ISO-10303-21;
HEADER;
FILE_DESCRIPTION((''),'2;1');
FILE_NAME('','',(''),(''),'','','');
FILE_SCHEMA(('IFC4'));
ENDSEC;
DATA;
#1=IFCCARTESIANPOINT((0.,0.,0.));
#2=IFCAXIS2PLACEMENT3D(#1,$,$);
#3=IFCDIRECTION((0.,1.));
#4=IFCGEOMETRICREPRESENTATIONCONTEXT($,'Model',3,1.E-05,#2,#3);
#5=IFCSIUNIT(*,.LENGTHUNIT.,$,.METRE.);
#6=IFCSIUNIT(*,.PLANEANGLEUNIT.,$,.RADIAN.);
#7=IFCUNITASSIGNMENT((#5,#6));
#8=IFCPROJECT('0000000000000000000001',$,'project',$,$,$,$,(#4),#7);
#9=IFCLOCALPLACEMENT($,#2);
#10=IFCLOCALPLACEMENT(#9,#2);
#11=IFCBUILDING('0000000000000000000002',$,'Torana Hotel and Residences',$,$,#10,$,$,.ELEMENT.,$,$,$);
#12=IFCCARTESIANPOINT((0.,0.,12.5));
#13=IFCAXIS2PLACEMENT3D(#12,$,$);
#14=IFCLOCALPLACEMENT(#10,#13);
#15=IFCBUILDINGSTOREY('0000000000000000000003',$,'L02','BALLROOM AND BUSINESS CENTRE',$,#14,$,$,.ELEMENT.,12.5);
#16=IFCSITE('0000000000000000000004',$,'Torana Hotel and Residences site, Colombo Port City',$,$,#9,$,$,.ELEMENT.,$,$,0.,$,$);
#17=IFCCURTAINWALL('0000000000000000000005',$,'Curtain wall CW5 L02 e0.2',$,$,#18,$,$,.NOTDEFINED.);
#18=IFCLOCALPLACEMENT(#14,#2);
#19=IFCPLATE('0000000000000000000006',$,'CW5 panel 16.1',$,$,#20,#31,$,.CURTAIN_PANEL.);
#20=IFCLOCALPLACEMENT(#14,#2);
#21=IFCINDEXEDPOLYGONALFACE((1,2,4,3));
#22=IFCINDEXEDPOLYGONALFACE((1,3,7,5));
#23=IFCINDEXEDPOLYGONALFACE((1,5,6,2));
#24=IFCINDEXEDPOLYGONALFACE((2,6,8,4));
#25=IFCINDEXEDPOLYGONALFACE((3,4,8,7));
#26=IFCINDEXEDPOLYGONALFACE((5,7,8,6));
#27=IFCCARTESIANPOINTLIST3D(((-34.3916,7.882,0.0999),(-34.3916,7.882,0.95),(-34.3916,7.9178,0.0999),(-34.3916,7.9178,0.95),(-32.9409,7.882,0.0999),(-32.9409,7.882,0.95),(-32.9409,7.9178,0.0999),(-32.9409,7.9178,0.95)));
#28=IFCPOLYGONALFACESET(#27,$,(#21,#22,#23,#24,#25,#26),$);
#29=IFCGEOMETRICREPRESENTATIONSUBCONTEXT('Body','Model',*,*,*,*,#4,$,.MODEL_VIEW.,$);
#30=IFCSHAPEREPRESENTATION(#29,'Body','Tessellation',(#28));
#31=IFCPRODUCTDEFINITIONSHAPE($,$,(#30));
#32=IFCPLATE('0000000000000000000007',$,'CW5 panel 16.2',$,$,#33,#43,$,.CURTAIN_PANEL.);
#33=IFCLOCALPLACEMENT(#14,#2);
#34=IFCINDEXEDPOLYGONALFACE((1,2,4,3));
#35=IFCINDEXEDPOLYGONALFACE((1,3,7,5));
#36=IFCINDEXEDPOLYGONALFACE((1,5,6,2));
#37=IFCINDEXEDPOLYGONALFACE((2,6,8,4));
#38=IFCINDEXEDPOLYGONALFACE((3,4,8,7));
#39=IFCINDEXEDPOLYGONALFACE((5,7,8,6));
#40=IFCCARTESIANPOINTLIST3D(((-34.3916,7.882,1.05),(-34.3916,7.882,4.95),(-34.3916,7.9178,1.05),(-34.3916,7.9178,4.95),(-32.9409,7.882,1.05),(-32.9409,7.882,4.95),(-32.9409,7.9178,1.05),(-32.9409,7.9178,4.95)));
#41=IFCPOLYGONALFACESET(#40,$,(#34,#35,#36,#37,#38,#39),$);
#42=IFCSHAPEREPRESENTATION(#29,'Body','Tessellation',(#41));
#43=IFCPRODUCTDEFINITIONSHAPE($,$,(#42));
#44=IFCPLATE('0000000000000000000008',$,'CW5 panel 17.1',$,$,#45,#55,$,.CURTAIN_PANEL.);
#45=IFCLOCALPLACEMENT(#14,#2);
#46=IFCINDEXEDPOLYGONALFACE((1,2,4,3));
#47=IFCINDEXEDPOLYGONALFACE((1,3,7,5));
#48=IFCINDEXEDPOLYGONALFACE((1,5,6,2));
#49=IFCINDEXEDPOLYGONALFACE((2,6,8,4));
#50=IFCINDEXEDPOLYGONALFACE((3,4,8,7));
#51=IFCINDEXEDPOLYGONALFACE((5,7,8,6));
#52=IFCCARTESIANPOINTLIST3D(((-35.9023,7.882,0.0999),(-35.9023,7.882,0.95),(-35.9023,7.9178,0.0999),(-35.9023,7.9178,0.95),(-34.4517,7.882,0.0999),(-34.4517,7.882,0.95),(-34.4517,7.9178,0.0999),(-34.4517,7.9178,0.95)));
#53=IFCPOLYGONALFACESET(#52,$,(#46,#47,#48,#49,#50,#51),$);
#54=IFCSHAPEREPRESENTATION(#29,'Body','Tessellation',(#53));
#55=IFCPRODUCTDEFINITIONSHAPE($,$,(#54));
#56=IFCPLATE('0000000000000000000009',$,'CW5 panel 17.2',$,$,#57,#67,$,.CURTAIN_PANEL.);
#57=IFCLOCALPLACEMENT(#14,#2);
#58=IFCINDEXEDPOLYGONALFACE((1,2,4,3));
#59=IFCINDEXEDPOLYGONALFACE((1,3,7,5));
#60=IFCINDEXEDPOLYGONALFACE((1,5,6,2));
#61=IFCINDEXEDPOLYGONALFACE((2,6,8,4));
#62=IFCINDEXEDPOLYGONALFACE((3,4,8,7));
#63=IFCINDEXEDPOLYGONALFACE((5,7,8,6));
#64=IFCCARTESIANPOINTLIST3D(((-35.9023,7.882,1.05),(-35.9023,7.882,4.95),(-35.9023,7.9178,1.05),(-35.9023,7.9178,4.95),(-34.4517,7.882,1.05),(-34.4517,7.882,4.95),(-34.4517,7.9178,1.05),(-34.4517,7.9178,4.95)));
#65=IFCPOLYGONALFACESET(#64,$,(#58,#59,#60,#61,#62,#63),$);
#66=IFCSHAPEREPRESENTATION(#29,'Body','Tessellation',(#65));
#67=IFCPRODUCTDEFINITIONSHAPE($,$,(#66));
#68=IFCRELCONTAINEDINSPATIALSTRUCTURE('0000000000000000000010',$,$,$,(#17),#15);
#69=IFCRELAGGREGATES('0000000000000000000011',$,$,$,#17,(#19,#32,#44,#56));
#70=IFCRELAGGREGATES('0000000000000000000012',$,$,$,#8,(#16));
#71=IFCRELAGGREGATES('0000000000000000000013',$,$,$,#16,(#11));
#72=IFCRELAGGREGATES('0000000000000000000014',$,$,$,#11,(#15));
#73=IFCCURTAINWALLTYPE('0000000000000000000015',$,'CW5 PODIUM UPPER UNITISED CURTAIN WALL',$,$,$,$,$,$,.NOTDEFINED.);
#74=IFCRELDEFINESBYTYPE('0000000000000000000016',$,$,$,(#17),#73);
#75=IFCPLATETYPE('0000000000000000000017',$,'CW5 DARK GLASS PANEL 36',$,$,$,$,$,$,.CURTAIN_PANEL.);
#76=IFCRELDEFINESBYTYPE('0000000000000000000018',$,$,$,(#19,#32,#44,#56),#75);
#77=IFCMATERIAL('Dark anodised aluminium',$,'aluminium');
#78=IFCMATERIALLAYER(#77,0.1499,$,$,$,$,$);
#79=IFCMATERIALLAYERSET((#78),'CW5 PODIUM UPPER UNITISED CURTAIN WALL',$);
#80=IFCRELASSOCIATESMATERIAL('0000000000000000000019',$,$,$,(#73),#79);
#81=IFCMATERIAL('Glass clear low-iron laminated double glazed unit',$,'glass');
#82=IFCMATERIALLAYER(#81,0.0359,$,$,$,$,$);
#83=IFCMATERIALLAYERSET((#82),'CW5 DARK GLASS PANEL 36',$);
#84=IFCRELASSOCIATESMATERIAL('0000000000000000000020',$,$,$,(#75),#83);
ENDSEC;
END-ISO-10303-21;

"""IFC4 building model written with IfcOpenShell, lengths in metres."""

from ifc_helpers import new_model, si_unit, direction, frame, origin, origin_2d, place, context, subcontext, project, spatial, rectangle, extrude, material, layer, layer_set, type_object, element, aggregate, save


model = new_model("IFC4")

# Units and contexts
model_context = context("Model", 3, precision=1e-05, world=origin(), true_north=direction((0.0, 1.0)))
body_context = subcontext(model_context, "Body", "Model", "MODEL_VIEW")
ifc_project = project(units=[si_unit("LENGTHUNIT", "METRE"), si_unit("PLANEANGLEUNIT", "RADIAN")], contexts=[model_context])

# Site, building, storey
site_placement = place(None, origin())
site = spatial("IfcSite", under=ifc_project, at=site_placement, Name="Torana Hotel and Residences site, Colombo Port City", CompositionType="ELEMENT", RefElevation=0.0)
building_placement = place(site_placement, origin())
building = spatial("IfcBuilding", under=site, at=building_placement, Name="Torana Hotel and Residences", CompositionType="ELEMENT")
storey_placement = place(building_placement, frame((0.0, 0.0, 12.5)))
storey = spatial("IfcBuildingStorey", under=building, at=storey_placement, Name="L02", Description="BALLROOM AND BUSINESS CENTRE", CompositionType="ELEMENT", Elevation=12.5)

# Curtain wall, plates
ifc_material_1 = material(Name="Dark anodised aluminium", Category="aluminium")
ifc_layer_1 = layer(ifc_material_1, 0.1499)
ifc_layer_set_1 = layer_set([ifc_layer_1], Name="CW5 PODIUM UPPER UNITISED CURTAIN WALL")
curtain_wall_type = type_object("IfcCurtainWallType", Name="CW5 PODIUM UPPER UNITISED CURTAIN WALL", PredefinedType="NOTDEFINED", material=ifc_layer_set_1)
curtain_wall_placement = place(storey_placement, origin())
curtain_wall = element("IfcCurtainWall", 1, at=curtain_wall_placement, inside=storey, type_object=curtain_wall_type, Name="Curtain wall CW5 L02 e0.2", PredefinedType="NOTDEFINED")
ifc_material_2 = material(Name="Glass clear low-iron laminated double glazed unit", Category="glass")
ifc_layer_2 = layer(ifc_material_2, 0.0359)
ifc_layer_set_2 = layer_set([ifc_layer_2], Name="CW5 DARK GLASS PANEL 36")
plate_type = type_object("IfcPlateType", Name="CW5 DARK GLASS PANEL 36", PredefinedType="CURTAIN_PANEL", material=ifc_layer_set_2)
plate_1_placement = place(storey_placement, frame((-33.6663, 7.8999, 0.0999), z_axis=(0.0, 0.0, 1.0), x_axis=(-1.0, 0.0, 0.0)))
plate_1 = element("IfcPlate", 2, at=plate_1_placement, type_object=plate_type, Name="CW5 panel 16.1", PredefinedType="CURTAIN_PANEL", context=body_context, shape_type="SweptSolid", body=[
    extrude(rectangle(XDim=1.4507, YDim=0.0359, at=origin_2d()), origin(), (0.0, 0.0, 1.0), 0.8501),
])
plate_2_placement = place(storey_placement, frame((-33.6663, 7.8999, 1.05), z_axis=(0.0, 0.0, 1.0), x_axis=(-1.0, 0.0, 0.0)))
plate_2 = element("IfcPlate", 3, at=plate_2_placement, type_object=plate_type, Name="CW5 panel 16.2", PredefinedType="CURTAIN_PANEL", context=body_context, shape_type="SweptSolid", body=[
    extrude(rectangle(XDim=1.4507, YDim=0.0359, at=origin_2d()), origin(), (0.0, 0.0, 1.0), 3.8999),
])
plate_3_placement = place(storey_placement, frame((-35.177, 7.8999, 0.0999), z_axis=(0.0, 0.0, 1.0), x_axis=(-1.0, 0.0, 0.0)))
plate_3 = element("IfcPlate", 4, at=plate_3_placement, type_object=plate_type, Name="CW5 panel 17.1", PredefinedType="CURTAIN_PANEL", context=body_context, shape_type="SweptSolid", body=[
    extrude(rectangle(XDim=1.4507, YDim=0.0359, at=origin_2d()), origin(), (0.0, 0.0, 1.0), 0.8501),
])
plate_4_placement = place(storey_placement, frame((-35.177, 7.8999, 1.05), z_axis=(0.0, 0.0, 1.0), x_axis=(-1.0, 0.0, 0.0)))
plate_4 = element("IfcPlate", 5, at=plate_4_placement, type_object=plate_type, Name="CW5 panel 17.2", PredefinedType="CURTAIN_PANEL", context=body_context, shape_type="SweptSolid", body=[
    extrude(rectangle(XDim=1.4507, YDim=0.0359, at=origin_2d()), origin(), (0.0, 0.0, 1.0), 3.8999),
])
aggregate(curtain_wall, [plate_1, plate_2, plate_3, plate_4])

save(model, "model.ifc")
